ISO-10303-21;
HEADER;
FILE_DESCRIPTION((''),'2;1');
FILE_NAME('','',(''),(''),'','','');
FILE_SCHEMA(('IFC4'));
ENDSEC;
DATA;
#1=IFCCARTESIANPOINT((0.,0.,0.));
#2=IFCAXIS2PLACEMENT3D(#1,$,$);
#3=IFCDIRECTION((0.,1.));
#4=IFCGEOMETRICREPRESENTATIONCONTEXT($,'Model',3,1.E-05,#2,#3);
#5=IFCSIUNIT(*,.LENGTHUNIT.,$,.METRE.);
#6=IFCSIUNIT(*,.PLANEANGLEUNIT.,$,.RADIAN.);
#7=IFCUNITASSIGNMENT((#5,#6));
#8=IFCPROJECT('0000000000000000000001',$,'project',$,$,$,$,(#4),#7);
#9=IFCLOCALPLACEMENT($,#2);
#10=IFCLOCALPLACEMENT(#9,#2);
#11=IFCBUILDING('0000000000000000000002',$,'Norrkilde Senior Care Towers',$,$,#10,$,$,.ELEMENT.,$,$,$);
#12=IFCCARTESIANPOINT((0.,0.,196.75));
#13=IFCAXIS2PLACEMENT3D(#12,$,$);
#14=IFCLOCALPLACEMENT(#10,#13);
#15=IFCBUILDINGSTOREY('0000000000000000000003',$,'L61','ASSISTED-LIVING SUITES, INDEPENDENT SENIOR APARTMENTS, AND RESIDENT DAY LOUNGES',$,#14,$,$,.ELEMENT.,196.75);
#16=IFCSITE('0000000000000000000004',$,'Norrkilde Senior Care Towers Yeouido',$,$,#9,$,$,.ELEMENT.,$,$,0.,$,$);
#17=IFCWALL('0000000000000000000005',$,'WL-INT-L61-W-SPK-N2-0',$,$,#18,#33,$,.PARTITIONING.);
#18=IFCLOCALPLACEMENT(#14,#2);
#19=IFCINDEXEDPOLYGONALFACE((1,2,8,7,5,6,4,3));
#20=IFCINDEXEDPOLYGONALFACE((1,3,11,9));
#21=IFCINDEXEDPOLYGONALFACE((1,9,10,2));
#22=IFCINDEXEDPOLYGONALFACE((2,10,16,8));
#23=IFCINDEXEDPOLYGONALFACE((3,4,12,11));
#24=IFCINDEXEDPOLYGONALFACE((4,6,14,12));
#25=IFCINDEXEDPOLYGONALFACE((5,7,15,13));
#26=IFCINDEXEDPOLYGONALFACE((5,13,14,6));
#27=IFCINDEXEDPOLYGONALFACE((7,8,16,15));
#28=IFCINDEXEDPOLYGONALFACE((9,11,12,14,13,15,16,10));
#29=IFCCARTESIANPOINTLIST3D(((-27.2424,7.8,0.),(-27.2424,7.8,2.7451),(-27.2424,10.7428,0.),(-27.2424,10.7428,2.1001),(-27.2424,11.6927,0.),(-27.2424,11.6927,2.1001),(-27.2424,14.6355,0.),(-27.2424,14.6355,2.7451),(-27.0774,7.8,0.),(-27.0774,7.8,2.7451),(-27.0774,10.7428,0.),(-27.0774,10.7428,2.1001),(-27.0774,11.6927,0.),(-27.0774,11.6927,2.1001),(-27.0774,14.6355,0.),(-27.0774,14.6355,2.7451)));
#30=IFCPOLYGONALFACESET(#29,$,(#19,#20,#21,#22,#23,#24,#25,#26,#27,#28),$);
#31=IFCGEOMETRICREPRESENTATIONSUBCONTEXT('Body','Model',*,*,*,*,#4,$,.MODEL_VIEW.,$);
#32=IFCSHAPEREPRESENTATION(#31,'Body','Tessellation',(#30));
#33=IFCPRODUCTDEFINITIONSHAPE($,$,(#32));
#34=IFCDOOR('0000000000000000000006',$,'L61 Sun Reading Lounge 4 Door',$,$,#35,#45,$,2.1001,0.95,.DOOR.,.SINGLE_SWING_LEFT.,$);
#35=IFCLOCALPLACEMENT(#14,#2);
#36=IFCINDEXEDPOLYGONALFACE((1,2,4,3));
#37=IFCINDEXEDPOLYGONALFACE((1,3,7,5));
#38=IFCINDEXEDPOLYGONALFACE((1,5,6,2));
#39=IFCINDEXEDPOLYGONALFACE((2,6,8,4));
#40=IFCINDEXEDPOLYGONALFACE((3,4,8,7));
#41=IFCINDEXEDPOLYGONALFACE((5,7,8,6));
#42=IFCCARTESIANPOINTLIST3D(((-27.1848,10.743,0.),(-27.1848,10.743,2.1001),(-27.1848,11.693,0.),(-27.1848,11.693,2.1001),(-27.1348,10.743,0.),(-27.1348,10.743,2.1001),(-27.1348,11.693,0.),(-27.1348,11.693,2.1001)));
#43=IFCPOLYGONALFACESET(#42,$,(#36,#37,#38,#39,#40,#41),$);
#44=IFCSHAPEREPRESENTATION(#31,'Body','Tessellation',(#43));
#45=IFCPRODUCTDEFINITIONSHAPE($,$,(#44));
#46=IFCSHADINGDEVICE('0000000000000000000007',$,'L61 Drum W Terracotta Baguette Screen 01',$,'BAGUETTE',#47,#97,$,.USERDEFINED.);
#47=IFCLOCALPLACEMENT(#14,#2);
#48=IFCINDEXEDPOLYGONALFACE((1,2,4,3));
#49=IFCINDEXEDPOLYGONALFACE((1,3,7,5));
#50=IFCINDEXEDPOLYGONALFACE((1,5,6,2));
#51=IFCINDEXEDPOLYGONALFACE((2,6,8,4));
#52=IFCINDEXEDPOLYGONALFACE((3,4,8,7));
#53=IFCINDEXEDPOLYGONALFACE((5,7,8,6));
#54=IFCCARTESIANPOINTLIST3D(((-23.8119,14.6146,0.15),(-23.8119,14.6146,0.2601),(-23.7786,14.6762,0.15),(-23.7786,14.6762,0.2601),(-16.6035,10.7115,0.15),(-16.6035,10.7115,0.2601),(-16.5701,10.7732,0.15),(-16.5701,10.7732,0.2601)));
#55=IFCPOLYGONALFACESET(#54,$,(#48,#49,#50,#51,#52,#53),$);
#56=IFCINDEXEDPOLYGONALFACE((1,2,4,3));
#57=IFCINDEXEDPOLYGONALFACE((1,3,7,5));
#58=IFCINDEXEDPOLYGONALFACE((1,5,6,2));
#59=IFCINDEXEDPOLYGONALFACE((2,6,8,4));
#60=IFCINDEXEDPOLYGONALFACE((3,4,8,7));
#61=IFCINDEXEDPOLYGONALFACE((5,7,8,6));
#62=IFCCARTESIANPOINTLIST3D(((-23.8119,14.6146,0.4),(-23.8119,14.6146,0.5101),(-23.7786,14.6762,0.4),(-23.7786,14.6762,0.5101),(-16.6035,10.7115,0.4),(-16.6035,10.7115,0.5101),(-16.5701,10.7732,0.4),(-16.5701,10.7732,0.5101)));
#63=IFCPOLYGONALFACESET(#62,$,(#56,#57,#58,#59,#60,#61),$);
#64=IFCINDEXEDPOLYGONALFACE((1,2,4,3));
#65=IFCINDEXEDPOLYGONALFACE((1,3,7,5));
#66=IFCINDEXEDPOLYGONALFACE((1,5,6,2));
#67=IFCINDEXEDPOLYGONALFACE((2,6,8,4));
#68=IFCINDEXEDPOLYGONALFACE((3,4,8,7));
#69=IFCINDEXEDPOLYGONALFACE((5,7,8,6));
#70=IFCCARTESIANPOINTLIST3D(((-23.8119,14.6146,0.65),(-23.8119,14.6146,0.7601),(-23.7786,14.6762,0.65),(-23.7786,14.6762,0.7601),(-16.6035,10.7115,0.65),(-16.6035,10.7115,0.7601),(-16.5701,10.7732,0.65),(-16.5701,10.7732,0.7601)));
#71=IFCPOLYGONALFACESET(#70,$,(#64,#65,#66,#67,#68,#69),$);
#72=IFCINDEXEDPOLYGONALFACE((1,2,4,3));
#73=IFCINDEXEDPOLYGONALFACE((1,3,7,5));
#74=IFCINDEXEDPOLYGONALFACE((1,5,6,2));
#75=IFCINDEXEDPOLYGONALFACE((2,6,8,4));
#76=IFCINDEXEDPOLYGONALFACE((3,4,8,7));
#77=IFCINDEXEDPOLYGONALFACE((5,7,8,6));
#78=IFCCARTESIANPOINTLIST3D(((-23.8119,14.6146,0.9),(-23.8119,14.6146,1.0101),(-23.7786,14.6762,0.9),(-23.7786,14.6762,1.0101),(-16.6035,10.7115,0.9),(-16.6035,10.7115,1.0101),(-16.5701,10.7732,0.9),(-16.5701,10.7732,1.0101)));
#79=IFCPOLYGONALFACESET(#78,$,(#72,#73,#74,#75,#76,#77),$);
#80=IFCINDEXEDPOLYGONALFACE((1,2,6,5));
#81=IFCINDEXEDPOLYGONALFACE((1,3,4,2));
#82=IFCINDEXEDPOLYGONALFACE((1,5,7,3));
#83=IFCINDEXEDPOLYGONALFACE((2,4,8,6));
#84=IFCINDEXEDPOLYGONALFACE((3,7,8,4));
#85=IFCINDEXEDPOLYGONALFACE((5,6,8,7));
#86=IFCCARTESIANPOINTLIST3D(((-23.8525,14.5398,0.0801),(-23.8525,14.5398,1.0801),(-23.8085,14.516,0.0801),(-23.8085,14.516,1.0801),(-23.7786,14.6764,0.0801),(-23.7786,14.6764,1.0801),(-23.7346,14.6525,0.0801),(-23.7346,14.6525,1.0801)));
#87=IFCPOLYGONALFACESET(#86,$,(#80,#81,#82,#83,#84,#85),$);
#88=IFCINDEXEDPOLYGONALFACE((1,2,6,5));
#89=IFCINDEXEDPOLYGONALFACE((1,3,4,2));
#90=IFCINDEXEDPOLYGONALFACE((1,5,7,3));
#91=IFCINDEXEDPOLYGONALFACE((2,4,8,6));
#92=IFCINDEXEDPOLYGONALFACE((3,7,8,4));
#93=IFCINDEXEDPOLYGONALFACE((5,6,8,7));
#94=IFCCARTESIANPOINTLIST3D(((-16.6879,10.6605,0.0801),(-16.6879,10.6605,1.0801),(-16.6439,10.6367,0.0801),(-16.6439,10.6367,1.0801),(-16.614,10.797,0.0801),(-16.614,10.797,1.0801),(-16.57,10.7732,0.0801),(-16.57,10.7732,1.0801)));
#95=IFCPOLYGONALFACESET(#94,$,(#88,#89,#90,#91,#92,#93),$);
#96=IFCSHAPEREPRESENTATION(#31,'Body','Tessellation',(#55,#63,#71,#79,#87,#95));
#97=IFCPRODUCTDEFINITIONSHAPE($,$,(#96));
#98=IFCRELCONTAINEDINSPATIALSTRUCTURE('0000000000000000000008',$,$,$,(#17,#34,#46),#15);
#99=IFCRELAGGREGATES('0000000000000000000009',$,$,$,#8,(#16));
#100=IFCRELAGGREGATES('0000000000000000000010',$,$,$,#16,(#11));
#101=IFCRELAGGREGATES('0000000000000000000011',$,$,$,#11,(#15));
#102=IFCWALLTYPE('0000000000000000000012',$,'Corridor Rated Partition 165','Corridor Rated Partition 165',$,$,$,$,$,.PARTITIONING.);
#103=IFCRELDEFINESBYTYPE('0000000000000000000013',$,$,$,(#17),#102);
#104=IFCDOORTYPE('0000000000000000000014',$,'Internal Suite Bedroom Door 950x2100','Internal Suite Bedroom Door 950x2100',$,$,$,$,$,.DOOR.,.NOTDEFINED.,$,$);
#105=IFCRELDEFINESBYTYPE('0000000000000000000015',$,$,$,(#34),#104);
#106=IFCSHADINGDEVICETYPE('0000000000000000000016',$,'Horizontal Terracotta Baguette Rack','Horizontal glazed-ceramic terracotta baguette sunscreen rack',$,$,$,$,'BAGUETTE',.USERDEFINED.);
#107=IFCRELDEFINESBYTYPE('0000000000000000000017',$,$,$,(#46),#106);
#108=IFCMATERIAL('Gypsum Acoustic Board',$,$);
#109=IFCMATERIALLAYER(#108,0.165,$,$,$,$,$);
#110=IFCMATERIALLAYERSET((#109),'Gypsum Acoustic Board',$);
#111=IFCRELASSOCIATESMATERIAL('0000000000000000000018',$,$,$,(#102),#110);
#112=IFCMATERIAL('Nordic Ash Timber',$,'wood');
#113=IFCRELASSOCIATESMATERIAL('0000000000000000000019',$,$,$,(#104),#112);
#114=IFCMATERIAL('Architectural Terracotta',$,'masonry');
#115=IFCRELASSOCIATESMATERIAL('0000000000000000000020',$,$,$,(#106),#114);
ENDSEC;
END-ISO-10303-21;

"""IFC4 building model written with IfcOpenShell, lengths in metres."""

from ifc_helpers import new_model, si_unit, direction, frame, frame_2d, origin, origin_2d, place, context, subcontext, project, spatial, rectangle, extrude, source, transform, mapped, material, layer, layer_set, type_object, type_shapes, element, fill, save


model = new_model("IFC4")

# Units and contexts
model_context = context("Model", 3, precision=1e-05, world=origin(), true_north=direction((0.0, 1.0)))
body_context = subcontext(model_context, "Body", "Model", "MODEL_VIEW")
ifc_project = project(units=[si_unit("LENGTHUNIT", "METRE"), si_unit("PLANEANGLEUNIT", "RADIAN")], contexts=[model_context])

# Site, building, storey
site_placement = place(None, origin())
site = spatial("IfcSite", under=ifc_project, at=site_placement, Name="Norrkilde Senior Care Towers Yeouido", CompositionType="ELEMENT", RefElevation=0.0)
building_placement = place(site_placement, origin())
building = spatial("IfcBuilding", under=site, at=building_placement, Name="Norrkilde Senior Care Towers", CompositionType="ELEMENT")
storey_placement = place(building_placement, frame((0.0, 0.0, 196.75)))
storey = spatial("IfcBuildingStorey", under=building, at=storey_placement, Name="L61", Description="ASSISTED-LIVING SUITES, INDEPENDENT SENIOR APARTMENTS, AND RESIDENT DAY LOUNGES", CompositionType="ELEMENT", Elevation=196.75)

# Shared definitions
ifc_material_1 = material(Name="Gypsum Acoustic Board")
ifc_layer_1 = layer(ifc_material_1, 0.165)
ifc_layer_set_1 = layer_set([ifc_layer_1], Name="Gypsum Acoustic Board")
wall_type_1 = type_object("IfcWallType", Name="Corridor Rated Partition 165", Description="Corridor Rated Partition 165", PredefinedType="PARTITIONING", material=ifc_layer_set_1)
ifc_material_2 = material(Name="Nordic Ash Timber", Category="wood")

# Wall, opening, door
shared_shape_1 = source(origin(), body_context, "Body", "SweptSolid", [
    extrude(rectangle(XDim=6.8354, YDim=0.165, at=frame_2d((3.4177, 0.0))), origin(), (0.0, 0.0, 1.0), 2.7451),
])
wall_1_placement = place(storey_placement, frame((-27.1599, 14.6355, 0.0), z_axis=(0.0, 0.0, 1.0), x_axis=(0.0, -1.0, 0.0)))
wall_1 = element("IfcWall", 1, at=wall_1_placement, inside=storey, type_object=wall_type_1, Name="WL-INT-L61-W-SPK-N2-0", PredefinedType="PARTITIONING", context=body_context, shape_type="MappedRepresentation", body=[
    mapped(shared_shape_1, transform((0.0, 0.0, 0.0), x_axis=(1.0, 0.0, 0.0), y_axis=(0.0, 1.0, 0.0), z_axis=(0.0, 0.0, 1.0), scale=1.0)),
])
opening_1_placement = place(wall_1_placement, frame((2.9426, 0.0, 0.0)))
opening_1 = element("IfcOpeningElement", 2, at=opening_1_placement, cuts=wall_1, PredefinedType="OPENING", context=body_context, shape_type="SweptSolid", body=[
    extrude(rectangle(XDim=0.95, YDim=2.1001, at=frame_2d((0.4751, 1.05))), frame((0.0, 0.0925, 0.0), z_axis=(0.0, -1.0, 0.0), x_axis=(1.0, 0.0, 0.0)), (0.0, 0.0, 1.0), 0.1851),
])
door_type_1 = type_object("IfcDoorType", Name="Internal Suite Bedroom Door 950x2100", Description="Internal Suite Bedroom Door 950x2100", OperationType="NOTDEFINED", PredefinedType="DOOR", material=ifc_material_2)
shared_shape_2 = source(origin(), body_context, "Body", "SweptSolid", [
    extrude(rectangle(XDim=0.95, YDim=2.1001, at=frame_2d((0.4751, 1.05))), frame((0.0, 0.0249, 0.0), z_axis=(0.0, -1.0, 0.0), x_axis=(1.0, 0.0, 0.0)), (0.0, 0.0, 1.0), 0.05),
])
type_shapes(door_type_1, [shared_shape_2])
door_1_placement = place(opening_1_placement, frame((0.95, 0.0, 0.0), z_axis=(0.0, 0.0, 1.0), x_axis=(-1.0, 0.0, 0.0)))
door_1 = element("IfcDoor", 3, at=door_1_placement, inside=storey, type_object=door_type_1, Name="L61 Sun Reading Lounge 4 Door", OperationType="SINGLE_SWING_LEFT", OverallHeight=2.1001, OverallWidth=0.95, PredefinedType="DOOR", context=body_context, shape_type="MappedRepresentation", body=[
    mapped(shared_shape_2, transform((0.0, 0.0, 0.0), x_axis=(1.0, 0.0, 0.0), y_axis=(0.0, 1.0, 0.0), z_axis=(0.0, 0.0, 1.0), scale=1.0)),
])
fill(opening_1, door_1)

# Shading device
ifc_material_3 = material(Name="Architectural Terracotta", Category="masonry")
shading_device_type = type_object("IfcShadingDeviceType", Name="Horizontal Terracotta Baguette Rack", Description="Horizontal glazed-ceramic terracotta baguette sunscreen rack", ElementType="BAGUETTE", PredefinedType="USERDEFINED", material=ifc_material_3)
shared_shape_3 = source(origin(), body_context, "Body", "SweptSolid", [
    extrude(rectangle(XDim=0.0701, YDim=0.1101, at=origin_2d()), frame((0.0, 0.0901, 0.125), z_axis=(1.0, 0.0, 0.0), x_axis=(0.0, 1.0, 0.0)), (0.0, 0.0, 1.0), 8.1973),
    extrude(rectangle(XDim=0.0701, YDim=0.1101, at=origin_2d()), frame((0.0, 0.0901, 0.375), z_axis=(1.0, 0.0, 0.0), x_axis=(0.0, 1.0, 0.0)), (0.0, 0.0, 1.0), 8.1973),
    extrude(rectangle(XDim=0.0701, YDim=0.1101, at=origin_2d()), frame((0.0, 0.0901, 0.625), z_axis=(1.0, 0.0, 0.0), x_axis=(0.0, 1.0, 0.0)), (0.0, 0.0, 1.0), 8.1973),
    extrude(rectangle(XDim=0.0701, YDim=0.1101, at=origin_2d()), frame((0.0, 0.0901, 0.875), z_axis=(1.0, 0.0, 0.0), x_axis=(0.0, 1.0, 0.0)), (0.0, 0.0, 1.0), 8.1973),
    extrude(rectangle(XDim=0.05, YDim=0.1553, at=origin_2d()), frame((0.0249, 0.0476, 0.0)), (0.0, 0.0, 1.0), 1.0),
    extrude(rectangle(XDim=0.05, YDim=0.1553, at=origin_2d()), frame((8.1724, 0.0476, 0.0)), (0.0, 0.0, 1.0), 1.0),
])
type_shapes(shading_device_type, [shared_shape_3])
shading_device_placement = place(storey_placement, frame((-23.8381, 14.5662, 0.0801), z_axis=(0.0, 0.0, 1.0), x_axis=(0.879378, -0.476144, 0.0)))
element("IfcShadingDevice", 4, at=shading_device_placement, inside=storey, type_object=shading_device_type, Name="L61 Drum W Terracotta Baguette Screen 01", ObjectType="BAGUETTE", PredefinedType="USERDEFINED", context=body_context, shape_type="MappedRepresentation", body=[
    mapped(shared_shape_3, transform((0.0, 0.0, 0.0), x_axis=(1.0, 0.0, 0.0), y_axis=(0.0, 1.0, 0.0), z_axis=(0.0, 0.0, 1.0), scale=1.0)),
])

save(model, "model.ifc")
